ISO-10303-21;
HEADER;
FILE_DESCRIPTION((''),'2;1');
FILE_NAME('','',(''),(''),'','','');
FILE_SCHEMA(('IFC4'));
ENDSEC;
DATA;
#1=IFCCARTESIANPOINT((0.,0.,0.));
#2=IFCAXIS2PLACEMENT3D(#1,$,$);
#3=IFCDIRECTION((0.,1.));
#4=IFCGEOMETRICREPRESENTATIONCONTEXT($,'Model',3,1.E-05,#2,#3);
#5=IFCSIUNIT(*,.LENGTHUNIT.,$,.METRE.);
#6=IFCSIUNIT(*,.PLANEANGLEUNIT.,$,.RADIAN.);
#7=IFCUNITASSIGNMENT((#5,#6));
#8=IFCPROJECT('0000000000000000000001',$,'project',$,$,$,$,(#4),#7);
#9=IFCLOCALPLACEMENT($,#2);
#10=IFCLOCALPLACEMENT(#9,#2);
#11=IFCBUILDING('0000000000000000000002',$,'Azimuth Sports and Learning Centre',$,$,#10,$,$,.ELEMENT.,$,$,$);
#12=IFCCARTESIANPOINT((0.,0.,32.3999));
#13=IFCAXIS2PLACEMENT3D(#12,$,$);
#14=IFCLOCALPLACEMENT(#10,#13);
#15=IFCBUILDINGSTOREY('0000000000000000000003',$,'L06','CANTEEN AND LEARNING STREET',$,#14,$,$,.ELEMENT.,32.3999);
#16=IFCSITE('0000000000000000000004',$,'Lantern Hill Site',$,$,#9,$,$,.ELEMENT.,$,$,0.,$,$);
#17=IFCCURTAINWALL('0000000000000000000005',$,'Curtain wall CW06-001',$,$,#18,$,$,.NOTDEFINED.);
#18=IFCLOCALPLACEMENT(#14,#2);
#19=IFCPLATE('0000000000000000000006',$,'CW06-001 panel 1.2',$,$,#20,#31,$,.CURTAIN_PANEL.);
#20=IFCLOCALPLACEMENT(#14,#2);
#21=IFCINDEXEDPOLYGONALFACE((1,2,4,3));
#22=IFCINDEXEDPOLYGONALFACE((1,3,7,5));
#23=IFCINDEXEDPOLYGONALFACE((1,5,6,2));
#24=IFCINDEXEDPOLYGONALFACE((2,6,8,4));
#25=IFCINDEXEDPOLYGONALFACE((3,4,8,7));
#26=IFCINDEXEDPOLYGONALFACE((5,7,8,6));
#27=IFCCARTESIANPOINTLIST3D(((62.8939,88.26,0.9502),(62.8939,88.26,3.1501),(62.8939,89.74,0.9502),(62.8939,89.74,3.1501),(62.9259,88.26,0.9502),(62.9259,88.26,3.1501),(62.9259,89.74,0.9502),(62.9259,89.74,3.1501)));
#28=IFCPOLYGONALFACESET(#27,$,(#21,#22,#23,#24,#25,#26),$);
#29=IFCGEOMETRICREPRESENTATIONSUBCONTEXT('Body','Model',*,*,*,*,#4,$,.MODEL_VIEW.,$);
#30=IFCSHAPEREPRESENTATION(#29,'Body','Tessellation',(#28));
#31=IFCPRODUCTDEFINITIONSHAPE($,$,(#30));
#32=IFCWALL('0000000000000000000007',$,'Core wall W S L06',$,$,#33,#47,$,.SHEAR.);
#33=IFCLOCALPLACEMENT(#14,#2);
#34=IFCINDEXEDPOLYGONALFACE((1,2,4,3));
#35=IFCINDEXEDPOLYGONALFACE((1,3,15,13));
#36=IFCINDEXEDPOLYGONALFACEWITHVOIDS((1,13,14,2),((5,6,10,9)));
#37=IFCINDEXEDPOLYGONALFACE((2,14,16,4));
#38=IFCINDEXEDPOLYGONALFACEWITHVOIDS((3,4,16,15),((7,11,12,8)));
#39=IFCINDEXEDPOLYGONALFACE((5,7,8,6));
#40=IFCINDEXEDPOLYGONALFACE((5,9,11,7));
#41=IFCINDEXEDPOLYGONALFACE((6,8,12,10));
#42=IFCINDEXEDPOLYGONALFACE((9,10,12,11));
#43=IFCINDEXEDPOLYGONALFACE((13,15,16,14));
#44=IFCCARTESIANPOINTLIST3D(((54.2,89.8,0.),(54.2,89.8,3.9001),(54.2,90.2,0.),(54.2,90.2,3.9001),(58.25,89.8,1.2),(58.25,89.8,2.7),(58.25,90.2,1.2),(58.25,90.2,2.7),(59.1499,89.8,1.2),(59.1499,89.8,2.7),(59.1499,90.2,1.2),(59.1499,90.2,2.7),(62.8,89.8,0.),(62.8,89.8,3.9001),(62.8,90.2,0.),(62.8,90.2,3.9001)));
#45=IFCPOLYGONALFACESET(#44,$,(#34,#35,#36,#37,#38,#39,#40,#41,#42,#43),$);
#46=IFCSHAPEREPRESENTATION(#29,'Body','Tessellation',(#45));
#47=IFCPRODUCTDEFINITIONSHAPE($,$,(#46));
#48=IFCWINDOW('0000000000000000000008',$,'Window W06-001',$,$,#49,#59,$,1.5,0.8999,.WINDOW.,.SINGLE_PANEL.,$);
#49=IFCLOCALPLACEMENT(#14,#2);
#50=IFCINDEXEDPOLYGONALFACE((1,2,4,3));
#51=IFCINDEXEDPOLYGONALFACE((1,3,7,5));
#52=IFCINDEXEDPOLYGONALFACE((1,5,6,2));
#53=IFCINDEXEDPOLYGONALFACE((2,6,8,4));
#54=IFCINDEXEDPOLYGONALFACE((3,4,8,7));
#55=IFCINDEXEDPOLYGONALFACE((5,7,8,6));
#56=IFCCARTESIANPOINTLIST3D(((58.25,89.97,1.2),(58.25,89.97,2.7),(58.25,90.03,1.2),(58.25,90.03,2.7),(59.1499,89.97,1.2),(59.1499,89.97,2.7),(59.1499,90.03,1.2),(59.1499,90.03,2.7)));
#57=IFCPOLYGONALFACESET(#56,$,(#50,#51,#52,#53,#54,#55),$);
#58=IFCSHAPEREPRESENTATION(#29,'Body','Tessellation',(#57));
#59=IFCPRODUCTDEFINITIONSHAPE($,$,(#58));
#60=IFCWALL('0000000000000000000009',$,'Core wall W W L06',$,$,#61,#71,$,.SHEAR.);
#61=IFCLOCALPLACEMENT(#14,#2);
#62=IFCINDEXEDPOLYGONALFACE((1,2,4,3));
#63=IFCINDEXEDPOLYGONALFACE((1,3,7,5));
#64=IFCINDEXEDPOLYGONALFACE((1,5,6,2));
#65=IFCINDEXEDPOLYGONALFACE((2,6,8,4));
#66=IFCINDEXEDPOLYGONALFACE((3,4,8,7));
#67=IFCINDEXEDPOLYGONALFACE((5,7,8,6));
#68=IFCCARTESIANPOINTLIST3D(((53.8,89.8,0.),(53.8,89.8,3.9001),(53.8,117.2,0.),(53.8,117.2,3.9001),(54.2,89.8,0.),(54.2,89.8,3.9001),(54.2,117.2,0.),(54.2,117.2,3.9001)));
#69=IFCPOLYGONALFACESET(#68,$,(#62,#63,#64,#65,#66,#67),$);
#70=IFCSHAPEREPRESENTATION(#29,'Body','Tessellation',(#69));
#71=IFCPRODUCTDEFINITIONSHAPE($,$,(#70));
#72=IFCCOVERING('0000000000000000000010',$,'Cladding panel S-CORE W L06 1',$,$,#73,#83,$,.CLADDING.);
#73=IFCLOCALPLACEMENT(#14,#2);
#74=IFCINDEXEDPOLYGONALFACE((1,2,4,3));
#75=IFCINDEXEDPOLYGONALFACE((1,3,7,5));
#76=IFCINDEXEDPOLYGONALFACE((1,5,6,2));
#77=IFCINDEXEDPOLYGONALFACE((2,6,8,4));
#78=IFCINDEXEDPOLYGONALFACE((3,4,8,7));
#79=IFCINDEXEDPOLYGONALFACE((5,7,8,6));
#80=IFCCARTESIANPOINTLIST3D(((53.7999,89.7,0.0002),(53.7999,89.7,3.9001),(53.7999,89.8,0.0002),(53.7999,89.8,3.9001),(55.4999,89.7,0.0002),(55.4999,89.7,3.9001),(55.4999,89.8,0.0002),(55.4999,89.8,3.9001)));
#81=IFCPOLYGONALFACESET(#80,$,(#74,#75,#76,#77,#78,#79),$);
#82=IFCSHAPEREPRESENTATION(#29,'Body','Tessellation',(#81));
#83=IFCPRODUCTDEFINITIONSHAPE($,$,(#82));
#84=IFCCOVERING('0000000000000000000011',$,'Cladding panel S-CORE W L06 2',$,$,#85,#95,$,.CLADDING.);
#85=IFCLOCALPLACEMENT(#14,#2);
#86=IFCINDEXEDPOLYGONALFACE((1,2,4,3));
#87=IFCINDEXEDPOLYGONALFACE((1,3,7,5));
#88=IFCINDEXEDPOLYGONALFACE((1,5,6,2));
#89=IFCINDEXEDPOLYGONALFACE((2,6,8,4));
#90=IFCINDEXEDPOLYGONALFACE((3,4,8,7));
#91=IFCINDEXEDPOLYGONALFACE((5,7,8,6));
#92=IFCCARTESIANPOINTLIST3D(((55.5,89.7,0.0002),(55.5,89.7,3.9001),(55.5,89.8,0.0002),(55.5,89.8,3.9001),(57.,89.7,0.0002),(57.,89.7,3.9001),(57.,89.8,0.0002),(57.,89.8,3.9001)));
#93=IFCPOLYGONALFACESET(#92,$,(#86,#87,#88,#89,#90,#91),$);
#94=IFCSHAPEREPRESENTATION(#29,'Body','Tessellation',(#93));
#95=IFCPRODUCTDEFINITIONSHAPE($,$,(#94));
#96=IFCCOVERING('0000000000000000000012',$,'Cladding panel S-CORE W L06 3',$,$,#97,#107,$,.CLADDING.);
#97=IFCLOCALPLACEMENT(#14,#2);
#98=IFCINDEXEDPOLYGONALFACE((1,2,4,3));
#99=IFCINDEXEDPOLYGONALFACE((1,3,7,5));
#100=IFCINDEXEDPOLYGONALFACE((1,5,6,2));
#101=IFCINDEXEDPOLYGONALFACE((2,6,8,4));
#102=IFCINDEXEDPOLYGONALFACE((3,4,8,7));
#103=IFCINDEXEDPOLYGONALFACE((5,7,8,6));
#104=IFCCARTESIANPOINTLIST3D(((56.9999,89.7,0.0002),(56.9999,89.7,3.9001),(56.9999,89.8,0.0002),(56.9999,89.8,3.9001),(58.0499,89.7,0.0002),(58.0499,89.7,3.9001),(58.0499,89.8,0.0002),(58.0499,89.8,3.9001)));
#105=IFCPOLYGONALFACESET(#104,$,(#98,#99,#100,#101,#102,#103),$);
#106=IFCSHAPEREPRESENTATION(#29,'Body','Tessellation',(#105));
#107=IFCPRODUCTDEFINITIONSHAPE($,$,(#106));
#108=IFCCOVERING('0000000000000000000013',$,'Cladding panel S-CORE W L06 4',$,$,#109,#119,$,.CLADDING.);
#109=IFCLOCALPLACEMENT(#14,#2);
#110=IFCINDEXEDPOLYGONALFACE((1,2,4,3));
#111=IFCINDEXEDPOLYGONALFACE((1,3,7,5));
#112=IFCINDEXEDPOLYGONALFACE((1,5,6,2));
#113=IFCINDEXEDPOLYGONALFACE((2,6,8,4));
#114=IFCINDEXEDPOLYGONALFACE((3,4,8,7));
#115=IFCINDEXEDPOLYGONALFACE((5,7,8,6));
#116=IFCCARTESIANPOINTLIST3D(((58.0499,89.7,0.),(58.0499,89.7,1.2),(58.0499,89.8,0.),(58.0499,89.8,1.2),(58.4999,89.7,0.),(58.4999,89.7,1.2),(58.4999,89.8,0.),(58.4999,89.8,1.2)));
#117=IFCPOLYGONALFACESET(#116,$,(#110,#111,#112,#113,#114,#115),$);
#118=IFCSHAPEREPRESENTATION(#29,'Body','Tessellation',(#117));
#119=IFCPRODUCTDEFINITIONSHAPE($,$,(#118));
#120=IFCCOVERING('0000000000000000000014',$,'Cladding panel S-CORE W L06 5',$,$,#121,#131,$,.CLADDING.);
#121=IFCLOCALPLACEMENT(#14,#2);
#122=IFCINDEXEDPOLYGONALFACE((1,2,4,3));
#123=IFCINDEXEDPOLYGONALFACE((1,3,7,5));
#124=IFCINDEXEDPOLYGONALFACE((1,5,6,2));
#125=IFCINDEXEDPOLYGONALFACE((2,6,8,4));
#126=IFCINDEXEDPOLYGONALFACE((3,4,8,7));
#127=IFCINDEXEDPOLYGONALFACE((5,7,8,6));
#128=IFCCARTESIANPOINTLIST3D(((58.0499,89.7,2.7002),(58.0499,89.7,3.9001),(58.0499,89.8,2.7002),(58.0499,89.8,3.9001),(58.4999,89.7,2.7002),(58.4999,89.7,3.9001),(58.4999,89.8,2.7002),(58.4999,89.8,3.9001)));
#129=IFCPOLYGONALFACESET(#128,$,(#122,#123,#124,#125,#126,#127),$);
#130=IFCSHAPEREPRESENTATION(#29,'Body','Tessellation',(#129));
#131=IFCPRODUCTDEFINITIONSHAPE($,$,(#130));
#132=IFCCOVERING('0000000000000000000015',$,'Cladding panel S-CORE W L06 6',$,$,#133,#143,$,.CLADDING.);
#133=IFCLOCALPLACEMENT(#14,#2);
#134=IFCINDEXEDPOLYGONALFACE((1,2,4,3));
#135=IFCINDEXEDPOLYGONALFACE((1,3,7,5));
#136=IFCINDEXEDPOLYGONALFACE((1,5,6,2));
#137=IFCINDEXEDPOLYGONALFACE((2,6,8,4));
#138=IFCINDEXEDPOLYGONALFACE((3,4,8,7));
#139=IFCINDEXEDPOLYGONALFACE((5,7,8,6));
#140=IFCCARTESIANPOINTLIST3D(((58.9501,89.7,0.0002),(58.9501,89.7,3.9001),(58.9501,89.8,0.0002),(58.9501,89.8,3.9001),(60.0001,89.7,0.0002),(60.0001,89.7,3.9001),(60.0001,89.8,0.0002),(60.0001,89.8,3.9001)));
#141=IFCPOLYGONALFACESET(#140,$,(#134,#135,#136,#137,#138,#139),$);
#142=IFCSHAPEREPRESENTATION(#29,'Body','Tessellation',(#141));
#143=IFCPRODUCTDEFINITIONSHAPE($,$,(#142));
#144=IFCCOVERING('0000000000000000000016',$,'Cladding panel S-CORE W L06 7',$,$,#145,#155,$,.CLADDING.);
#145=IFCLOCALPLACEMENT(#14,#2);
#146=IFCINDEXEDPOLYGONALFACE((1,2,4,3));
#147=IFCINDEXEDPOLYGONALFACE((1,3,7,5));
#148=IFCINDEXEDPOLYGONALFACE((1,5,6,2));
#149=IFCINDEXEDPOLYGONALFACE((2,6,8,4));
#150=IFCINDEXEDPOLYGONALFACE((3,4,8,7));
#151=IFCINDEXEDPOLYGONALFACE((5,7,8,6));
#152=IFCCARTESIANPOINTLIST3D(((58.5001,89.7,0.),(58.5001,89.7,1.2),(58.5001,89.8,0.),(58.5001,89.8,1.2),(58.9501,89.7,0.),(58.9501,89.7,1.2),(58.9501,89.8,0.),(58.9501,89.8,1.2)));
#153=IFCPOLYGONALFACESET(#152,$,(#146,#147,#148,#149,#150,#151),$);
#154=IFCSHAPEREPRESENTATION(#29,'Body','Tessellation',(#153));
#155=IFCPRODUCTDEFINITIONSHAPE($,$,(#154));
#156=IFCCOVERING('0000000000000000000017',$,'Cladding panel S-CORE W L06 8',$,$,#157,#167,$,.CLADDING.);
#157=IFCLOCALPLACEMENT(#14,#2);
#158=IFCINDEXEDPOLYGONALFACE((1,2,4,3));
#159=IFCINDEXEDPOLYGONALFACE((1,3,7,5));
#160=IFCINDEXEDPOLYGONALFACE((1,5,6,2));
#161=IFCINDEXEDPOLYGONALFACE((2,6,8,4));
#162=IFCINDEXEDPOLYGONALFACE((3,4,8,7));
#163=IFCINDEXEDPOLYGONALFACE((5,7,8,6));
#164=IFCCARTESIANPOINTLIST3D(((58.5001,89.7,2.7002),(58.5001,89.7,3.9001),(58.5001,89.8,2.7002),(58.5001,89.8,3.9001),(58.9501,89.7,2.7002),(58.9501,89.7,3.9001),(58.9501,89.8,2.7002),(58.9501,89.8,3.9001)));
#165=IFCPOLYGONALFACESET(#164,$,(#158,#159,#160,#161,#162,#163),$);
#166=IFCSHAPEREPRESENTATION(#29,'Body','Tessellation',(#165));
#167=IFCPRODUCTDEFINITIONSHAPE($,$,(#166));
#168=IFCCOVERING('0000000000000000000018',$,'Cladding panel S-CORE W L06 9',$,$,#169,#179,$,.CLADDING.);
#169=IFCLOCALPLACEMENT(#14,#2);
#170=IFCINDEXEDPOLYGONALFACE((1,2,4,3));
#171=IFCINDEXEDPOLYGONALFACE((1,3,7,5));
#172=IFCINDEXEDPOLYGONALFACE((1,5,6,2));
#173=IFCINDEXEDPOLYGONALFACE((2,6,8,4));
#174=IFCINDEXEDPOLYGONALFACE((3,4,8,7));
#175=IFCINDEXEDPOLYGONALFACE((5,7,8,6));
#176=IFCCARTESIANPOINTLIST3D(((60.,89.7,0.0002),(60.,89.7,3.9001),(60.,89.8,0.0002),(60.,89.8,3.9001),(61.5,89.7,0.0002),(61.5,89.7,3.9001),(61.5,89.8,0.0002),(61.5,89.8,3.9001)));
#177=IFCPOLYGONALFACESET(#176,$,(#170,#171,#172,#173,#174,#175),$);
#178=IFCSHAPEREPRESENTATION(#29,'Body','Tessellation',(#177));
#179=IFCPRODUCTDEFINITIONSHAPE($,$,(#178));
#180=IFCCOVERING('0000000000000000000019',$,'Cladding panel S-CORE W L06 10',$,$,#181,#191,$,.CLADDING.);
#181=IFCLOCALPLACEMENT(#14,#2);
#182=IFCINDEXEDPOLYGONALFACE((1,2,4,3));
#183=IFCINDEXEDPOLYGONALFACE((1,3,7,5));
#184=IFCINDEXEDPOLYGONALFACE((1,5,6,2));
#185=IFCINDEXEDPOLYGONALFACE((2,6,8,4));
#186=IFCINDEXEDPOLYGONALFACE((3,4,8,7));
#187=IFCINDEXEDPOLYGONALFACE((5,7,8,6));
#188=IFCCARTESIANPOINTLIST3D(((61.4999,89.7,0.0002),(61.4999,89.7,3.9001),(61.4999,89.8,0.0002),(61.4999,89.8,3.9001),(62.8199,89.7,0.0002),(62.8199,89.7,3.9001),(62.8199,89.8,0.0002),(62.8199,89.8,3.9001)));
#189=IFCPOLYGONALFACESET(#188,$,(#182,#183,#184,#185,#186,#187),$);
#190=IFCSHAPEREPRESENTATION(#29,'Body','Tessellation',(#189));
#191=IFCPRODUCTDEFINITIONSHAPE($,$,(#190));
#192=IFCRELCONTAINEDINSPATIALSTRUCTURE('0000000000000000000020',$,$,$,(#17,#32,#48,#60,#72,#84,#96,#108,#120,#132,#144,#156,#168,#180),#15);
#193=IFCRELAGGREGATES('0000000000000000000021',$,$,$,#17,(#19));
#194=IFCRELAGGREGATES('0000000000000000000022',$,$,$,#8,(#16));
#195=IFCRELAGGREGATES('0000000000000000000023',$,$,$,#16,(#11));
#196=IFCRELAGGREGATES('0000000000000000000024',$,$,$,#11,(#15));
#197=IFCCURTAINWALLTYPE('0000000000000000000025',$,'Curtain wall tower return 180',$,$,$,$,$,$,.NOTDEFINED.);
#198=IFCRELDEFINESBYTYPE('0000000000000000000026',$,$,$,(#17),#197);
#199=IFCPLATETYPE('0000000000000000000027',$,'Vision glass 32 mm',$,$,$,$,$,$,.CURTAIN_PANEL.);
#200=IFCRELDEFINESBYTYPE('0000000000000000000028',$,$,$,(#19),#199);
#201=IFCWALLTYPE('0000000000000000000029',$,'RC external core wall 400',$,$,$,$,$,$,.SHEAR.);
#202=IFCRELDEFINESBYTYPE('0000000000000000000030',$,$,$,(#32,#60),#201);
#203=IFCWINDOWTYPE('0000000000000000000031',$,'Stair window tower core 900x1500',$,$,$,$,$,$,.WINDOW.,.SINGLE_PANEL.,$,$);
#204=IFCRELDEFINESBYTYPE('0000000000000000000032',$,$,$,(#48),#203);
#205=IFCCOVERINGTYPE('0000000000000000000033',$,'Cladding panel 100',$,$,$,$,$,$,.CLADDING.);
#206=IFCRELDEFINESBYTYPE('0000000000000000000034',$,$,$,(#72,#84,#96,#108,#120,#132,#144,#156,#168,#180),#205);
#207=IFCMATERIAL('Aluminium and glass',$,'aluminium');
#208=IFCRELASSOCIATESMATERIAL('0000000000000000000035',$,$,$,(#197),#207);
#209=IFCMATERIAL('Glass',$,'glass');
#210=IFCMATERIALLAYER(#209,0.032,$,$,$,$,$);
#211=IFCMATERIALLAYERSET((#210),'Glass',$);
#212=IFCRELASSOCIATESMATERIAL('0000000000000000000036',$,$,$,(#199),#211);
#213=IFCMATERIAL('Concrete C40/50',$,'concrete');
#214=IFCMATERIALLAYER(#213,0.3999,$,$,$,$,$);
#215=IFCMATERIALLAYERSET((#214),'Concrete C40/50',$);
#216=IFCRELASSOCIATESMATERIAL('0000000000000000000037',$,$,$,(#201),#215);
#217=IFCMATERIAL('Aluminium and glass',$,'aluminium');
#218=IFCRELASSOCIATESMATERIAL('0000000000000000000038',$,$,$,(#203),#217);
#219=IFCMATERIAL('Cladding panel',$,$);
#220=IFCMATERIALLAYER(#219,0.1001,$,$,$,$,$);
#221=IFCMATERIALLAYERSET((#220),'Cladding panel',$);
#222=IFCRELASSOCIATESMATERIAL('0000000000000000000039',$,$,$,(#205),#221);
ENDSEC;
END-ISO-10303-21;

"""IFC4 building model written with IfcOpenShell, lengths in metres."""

from ifc_helpers import new_model, si_unit, direction, frame, frame_2d, origin, origin_2d, place, context, subcontext, project, spatial, rectangle, extrude, material, layer, layer_set, type_object, element, fill, aggregate, save


model = new_model("IFC4")

# Units and contexts
model_context = context("Model", 3, precision=1e-05, world=origin(), true_north=direction((0.0, 1.0)))
body_context = subcontext(model_context, "Body", "Model", "MODEL_VIEW")
ifc_project = project(units=[si_unit("LENGTHUNIT", "METRE"), si_unit("PLANEANGLEUNIT", "RADIAN")], contexts=[model_context])

# Site, building, storey
site_placement = place(None, origin())
site = spatial("IfcSite", under=ifc_project, at=site_placement, Name="Lantern Hill Site", CompositionType="ELEMENT", RefElevation=0.0)
building_placement = place(site_placement, origin())
building = spatial("IfcBuilding", under=site, at=building_placement, Name="Azimuth Sports and Learning Centre", CompositionType="ELEMENT")
storey_placement = place(building_placement, frame((0.0, 0.0, 32.3999)))
storey = spatial("IfcBuildingStorey", under=building, at=storey_placement, Name="L06", Description="CANTEEN AND LEARNING STREET", CompositionType="ELEMENT", Elevation=32.3999)

# Curtain wall, plate
ifc_material_1 = material(Name="Aluminium and glass", Category="aluminium")
curtain_wall_type = type_object("IfcCurtainWallType", Name="Curtain wall tower return 180", PredefinedType="NOTDEFINED", material=ifc_material_1)
curtain_wall_placement = place(storey_placement, origin())
curtain_wall = element("IfcCurtainWall", 1, at=curtain_wall_placement, inside=storey, type_object=curtain_wall_type, Name="Curtain wall CW06-001", PredefinedType="NOTDEFINED")
ifc_material_2 = material(Name="Glass", Category="glass")
ifc_layer_1 = layer(ifc_material_2, 0.032)
ifc_layer_set_1 = layer_set([ifc_layer_1], Name="Glass")
plate_type_1 = type_object("IfcPlateType", Name="Vision glass 32 mm", PredefinedType="CURTAIN_PANEL", material=ifc_layer_set_1)
plate_1_placement = place(storey_placement, frame((62.9099, 89.0, 0.9502), z_axis=(0.0, 0.0, 1.0), x_axis=(0.0, -1.0, 0.0)))
plate_1 = element("IfcPlate", 2, at=plate_1_placement, type_object=plate_type_1, Name="CW06-001 panel 1.2", PredefinedType="CURTAIN_PANEL", context=body_context, shape_type="SweptSolid", body=[
    extrude(rectangle(XDim=1.48, YDim=0.032, at=origin_2d()), origin(), (0.0, 0.0, 1.0), 2.2),
])
aggregate(curtain_wall, [plate_1])

# Wall, opening, window
ifc_material_3 = material(Name="Concrete C40/50", Category="concrete")
ifc_layer_2 = layer(ifc_material_3, 0.3999)
ifc_layer_set_2 = layer_set([ifc_layer_2], Name="Concrete C40/50")
wall_type = type_object("IfcWallType", Name="RC external core wall 400", PredefinedType="SHEAR", material=ifc_layer_set_2)
wall_1_placement = place(storey_placement, frame((54.2, 90.0, 0.0), z_axis=(0.0, 0.0, 1.0), x_axis=(1.0, 0.0, 0.0)))
wall_1 = element("IfcWall", 3, at=wall_1_placement, inside=storey, type_object=wall_type, Name="Core wall W S L06", PredefinedType="SHEAR", context=body_context, shape_type="SweptSolid", body=[
    extrude(rectangle(XDim=8.6001, YDim=0.3999, at=frame_2d((4.3, 0.0))), origin(), (0.0, 0.0, 1.0), 3.9001),
])
opening_placement = place(wall_1_placement, frame((4.05, 0.0, 1.2)))
opening = element("IfcOpeningElement", 4, at=opening_placement, cuts=wall_1, PredefinedType="OPENING", context=body_context, shape_type="SweptSolid", body=[
    extrude(rectangle(XDim=0.8999, YDim=1.5, at=frame_2d((0.45, 0.75))), frame((0.0, 0.2109, 0.0), z_axis=(0.0, -1.0, 0.0), x_axis=(1.0, 0.0, 0.0)), (0.0, 0.0, 1.0), 0.4219),
])
ifc_material_4 = material(Name="Aluminium and glass", Category="aluminium")
window_type = type_object("IfcWindowType", Name="Stair window tower core 900x1500", PartitioningType="SINGLE_PANEL", PredefinedType="WINDOW", material=ifc_material_4)
window_placement = place(opening_placement, origin())
window = element("IfcWindow", 5, at=window_placement, inside=storey, type_object=window_type, Name="Window W06-001", OverallHeight=1.5, OverallWidth=0.8999, PartitioningType="SINGLE_PANEL", PredefinedType="WINDOW", context=body_context, shape_type="SweptSolid", body=[
    extrude(rectangle(XDim=0.8999, YDim=1.5, at=frame_2d((0.45, 0.75))), frame((0.0, 0.03, 0.0), z_axis=(0.0, -1.0, 0.0), x_axis=(1.0, 0.0, 0.0)), (0.0, 0.0, 1.0), 0.0601),
])
fill(opening, window)

# Wall
wall_2_placement = place(storey_placement, frame((54.0, 89.8, 0.0), z_axis=(0.0, 0.0, 1.0), x_axis=(0.0, 1.0, 0.0)))
element("IfcWall", 6, at=wall_2_placement, inside=storey, type_object=wall_type, Name="Core wall W W L06", PredefinedType="SHEAR", context=body_context, shape_type="SweptSolid", body=[
    extrude(rectangle(XDim=27.3999, YDim=0.3999, at=frame_2d((13.7, 0.0))), origin(), (0.0, 0.0, 1.0), 3.9001),
])

# Coverings
ifc_material_5 = material(Name="Cladding panel")
ifc_layer_3 = layer(ifc_material_5, 0.1001)
ifc_layer_set_3 = layer_set([ifc_layer_3], Name="Cladding panel")
covering_type = type_object("IfcCoveringType", Name="Cladding panel 100", PredefinedType="CLADDING", material=ifc_layer_set_3)
covering_1_placement = place(storey_placement, frame((54.6499, 89.75, 0.0002), z_axis=(0.0, 0.0, 1.0), x_axis=(1.0, 0.0, 0.0)))
element("IfcCovering", 7, at=covering_1_placement, inside=storey, type_object=covering_type, Name="Cladding panel S-CORE W L06 1", PredefinedType="CLADDING", context=body_context, shape_type="SweptSolid", body=[
    extrude(rectangle(XDim=1.7, YDim=0.1001, at=origin_2d()), origin(), (0.0, 0.0, 1.0), 3.8999),
])
covering_2_placement = place(storey_placement, frame((56.25, 89.75, 0.0002), z_axis=(0.0, 0.0, 1.0), x_axis=(1.0, 0.0, 0.0)))
element("IfcCovering", 8, at=covering_2_placement, inside=storey, type_object=covering_type, Name="Cladding panel S-CORE W L06 2", PredefinedType="CLADDING", context=body_context, shape_type="SweptSolid", body=[
    extrude(rectangle(XDim=1.5, YDim=0.1001, at=origin_2d()), origin(), (0.0, 0.0, 1.0), 3.8999),
])
covering_3_placement = place(storey_placement, frame((57.5249, 89.75, 0.0002), z_axis=(0.0, 0.0, 1.0), x_axis=(1.0, 0.0, 0.0)))
element("IfcCovering", 9, at=covering_3_placement, inside=storey, type_object=covering_type, Name="Cladding panel S-CORE W L06 3", PredefinedType="CLADDING", context=body_context, shape_type="SweptSolid", body=[
    extrude(rectangle(XDim=1.05, YDim=0.1001, at=origin_2d()), origin(), (0.0, 0.0, 1.0), 3.8999),
])
for number, where, z_axis, x_axis, name in (
    (10, (58.2749, 89.75, 0.0), (0.0, 0.0, 1.0), (1.0, 0.0, 0.0), "Cladding panel S-CORE W L06 4"),
    (11, (58.2749, 89.75, 2.7002), (0.0, 0.0, 1.0), (1.0, 0.0, 0.0), "Cladding panel S-CORE W L06 5"),
):
    element("IfcCovering", number, at=place(storey_placement, frame(where, z_axis=z_axis, x_axis=x_axis)), inside=storey, type_object=covering_type, Name=name, PredefinedType="CLADDING", context=body_context, shape_type="SweptSolid", body=[
        extrude(rectangle(XDim=0.45, YDim=0.1001, at=origin_2d()), origin(), (0.0, 0.0, 1.0), 1.2),
    ])
covering_4_placement = place(storey_placement, frame((59.4751, 89.75, 0.0002), z_axis=(0.0, 0.0, 1.0), x_axis=(1.0, 0.0, 0.0)))
element("IfcCovering", 12, at=covering_4_placement, inside=storey, type_object=covering_type, Name="Cladding panel S-CORE W L06 6", PredefinedType="CLADDING", context=body_context, shape_type="SweptSolid", body=[
    extrude(rectangle(XDim=1.05, YDim=0.1001, at=origin_2d()), origin(), (0.0, 0.0, 1.0), 3.8999),
])
for number, where, z_axis, x_axis, name in (
    (13, (58.7251, 89.75, 0.0), (0.0, 0.0, 1.0), (1.0, 0.0, 0.0), "Cladding panel S-CORE W L06 7"),
    (14, (58.7251, 89.75, 2.7002), (0.0, 0.0, 1.0), (1.0, 0.0, 0.0), "Cladding panel S-CORE W L06 8"),
):
    element("IfcCovering", number, at=place(storey_placement, frame(where, z_axis=z_axis, x_axis=x_axis)), inside=storey, type_object=covering_type, Name=name, PredefinedType="CLADDING", context=body_context, shape_type="SweptSolid", body=[
        extrude(rectangle(XDim=0.45, YDim=0.1001, at=origin_2d()), origin(), (0.0, 0.0, 1.0), 1.2),
    ])
covering_5_placement = place(storey_placement, frame((60.75, 89.75, 0.0002), z_axis=(0.0, 0.0, 1.0), x_axis=(1.0, 0.0, 0.0)))
element("IfcCovering", 15, at=covering_5_placement, inside=storey, type_object=covering_type, Name="Cladding panel S-CORE W L06 9", PredefinedType="CLADDING", context=body_context, shape_type="SweptSolid", body=[
    extrude(rectangle(XDim=1.5, YDim=0.1001, at=origin_2d()), origin(), (0.0, 0.0, 1.0), 3.8999),
])
covering_6_placement = place(storey_placement, frame((62.1599, 89.75, 0.0002), z_axis=(0.0, 0.0, 1.0), x_axis=(1.0, 0.0, 0.0)))
element("IfcCovering", 16, at=covering_6_placement, inside=storey, type_object=covering_type, Name="Cladding panel S-CORE W L06 10", PredefinedType="CLADDING", context=body_context, shape_type="SweptSolid", body=[
    extrude(rectangle(XDim=1.3201, YDim=0.1001, at=origin_2d()), origin(), (0.0, 0.0, 1.0), 3.8999),
])

save(model, "model.ifc")
